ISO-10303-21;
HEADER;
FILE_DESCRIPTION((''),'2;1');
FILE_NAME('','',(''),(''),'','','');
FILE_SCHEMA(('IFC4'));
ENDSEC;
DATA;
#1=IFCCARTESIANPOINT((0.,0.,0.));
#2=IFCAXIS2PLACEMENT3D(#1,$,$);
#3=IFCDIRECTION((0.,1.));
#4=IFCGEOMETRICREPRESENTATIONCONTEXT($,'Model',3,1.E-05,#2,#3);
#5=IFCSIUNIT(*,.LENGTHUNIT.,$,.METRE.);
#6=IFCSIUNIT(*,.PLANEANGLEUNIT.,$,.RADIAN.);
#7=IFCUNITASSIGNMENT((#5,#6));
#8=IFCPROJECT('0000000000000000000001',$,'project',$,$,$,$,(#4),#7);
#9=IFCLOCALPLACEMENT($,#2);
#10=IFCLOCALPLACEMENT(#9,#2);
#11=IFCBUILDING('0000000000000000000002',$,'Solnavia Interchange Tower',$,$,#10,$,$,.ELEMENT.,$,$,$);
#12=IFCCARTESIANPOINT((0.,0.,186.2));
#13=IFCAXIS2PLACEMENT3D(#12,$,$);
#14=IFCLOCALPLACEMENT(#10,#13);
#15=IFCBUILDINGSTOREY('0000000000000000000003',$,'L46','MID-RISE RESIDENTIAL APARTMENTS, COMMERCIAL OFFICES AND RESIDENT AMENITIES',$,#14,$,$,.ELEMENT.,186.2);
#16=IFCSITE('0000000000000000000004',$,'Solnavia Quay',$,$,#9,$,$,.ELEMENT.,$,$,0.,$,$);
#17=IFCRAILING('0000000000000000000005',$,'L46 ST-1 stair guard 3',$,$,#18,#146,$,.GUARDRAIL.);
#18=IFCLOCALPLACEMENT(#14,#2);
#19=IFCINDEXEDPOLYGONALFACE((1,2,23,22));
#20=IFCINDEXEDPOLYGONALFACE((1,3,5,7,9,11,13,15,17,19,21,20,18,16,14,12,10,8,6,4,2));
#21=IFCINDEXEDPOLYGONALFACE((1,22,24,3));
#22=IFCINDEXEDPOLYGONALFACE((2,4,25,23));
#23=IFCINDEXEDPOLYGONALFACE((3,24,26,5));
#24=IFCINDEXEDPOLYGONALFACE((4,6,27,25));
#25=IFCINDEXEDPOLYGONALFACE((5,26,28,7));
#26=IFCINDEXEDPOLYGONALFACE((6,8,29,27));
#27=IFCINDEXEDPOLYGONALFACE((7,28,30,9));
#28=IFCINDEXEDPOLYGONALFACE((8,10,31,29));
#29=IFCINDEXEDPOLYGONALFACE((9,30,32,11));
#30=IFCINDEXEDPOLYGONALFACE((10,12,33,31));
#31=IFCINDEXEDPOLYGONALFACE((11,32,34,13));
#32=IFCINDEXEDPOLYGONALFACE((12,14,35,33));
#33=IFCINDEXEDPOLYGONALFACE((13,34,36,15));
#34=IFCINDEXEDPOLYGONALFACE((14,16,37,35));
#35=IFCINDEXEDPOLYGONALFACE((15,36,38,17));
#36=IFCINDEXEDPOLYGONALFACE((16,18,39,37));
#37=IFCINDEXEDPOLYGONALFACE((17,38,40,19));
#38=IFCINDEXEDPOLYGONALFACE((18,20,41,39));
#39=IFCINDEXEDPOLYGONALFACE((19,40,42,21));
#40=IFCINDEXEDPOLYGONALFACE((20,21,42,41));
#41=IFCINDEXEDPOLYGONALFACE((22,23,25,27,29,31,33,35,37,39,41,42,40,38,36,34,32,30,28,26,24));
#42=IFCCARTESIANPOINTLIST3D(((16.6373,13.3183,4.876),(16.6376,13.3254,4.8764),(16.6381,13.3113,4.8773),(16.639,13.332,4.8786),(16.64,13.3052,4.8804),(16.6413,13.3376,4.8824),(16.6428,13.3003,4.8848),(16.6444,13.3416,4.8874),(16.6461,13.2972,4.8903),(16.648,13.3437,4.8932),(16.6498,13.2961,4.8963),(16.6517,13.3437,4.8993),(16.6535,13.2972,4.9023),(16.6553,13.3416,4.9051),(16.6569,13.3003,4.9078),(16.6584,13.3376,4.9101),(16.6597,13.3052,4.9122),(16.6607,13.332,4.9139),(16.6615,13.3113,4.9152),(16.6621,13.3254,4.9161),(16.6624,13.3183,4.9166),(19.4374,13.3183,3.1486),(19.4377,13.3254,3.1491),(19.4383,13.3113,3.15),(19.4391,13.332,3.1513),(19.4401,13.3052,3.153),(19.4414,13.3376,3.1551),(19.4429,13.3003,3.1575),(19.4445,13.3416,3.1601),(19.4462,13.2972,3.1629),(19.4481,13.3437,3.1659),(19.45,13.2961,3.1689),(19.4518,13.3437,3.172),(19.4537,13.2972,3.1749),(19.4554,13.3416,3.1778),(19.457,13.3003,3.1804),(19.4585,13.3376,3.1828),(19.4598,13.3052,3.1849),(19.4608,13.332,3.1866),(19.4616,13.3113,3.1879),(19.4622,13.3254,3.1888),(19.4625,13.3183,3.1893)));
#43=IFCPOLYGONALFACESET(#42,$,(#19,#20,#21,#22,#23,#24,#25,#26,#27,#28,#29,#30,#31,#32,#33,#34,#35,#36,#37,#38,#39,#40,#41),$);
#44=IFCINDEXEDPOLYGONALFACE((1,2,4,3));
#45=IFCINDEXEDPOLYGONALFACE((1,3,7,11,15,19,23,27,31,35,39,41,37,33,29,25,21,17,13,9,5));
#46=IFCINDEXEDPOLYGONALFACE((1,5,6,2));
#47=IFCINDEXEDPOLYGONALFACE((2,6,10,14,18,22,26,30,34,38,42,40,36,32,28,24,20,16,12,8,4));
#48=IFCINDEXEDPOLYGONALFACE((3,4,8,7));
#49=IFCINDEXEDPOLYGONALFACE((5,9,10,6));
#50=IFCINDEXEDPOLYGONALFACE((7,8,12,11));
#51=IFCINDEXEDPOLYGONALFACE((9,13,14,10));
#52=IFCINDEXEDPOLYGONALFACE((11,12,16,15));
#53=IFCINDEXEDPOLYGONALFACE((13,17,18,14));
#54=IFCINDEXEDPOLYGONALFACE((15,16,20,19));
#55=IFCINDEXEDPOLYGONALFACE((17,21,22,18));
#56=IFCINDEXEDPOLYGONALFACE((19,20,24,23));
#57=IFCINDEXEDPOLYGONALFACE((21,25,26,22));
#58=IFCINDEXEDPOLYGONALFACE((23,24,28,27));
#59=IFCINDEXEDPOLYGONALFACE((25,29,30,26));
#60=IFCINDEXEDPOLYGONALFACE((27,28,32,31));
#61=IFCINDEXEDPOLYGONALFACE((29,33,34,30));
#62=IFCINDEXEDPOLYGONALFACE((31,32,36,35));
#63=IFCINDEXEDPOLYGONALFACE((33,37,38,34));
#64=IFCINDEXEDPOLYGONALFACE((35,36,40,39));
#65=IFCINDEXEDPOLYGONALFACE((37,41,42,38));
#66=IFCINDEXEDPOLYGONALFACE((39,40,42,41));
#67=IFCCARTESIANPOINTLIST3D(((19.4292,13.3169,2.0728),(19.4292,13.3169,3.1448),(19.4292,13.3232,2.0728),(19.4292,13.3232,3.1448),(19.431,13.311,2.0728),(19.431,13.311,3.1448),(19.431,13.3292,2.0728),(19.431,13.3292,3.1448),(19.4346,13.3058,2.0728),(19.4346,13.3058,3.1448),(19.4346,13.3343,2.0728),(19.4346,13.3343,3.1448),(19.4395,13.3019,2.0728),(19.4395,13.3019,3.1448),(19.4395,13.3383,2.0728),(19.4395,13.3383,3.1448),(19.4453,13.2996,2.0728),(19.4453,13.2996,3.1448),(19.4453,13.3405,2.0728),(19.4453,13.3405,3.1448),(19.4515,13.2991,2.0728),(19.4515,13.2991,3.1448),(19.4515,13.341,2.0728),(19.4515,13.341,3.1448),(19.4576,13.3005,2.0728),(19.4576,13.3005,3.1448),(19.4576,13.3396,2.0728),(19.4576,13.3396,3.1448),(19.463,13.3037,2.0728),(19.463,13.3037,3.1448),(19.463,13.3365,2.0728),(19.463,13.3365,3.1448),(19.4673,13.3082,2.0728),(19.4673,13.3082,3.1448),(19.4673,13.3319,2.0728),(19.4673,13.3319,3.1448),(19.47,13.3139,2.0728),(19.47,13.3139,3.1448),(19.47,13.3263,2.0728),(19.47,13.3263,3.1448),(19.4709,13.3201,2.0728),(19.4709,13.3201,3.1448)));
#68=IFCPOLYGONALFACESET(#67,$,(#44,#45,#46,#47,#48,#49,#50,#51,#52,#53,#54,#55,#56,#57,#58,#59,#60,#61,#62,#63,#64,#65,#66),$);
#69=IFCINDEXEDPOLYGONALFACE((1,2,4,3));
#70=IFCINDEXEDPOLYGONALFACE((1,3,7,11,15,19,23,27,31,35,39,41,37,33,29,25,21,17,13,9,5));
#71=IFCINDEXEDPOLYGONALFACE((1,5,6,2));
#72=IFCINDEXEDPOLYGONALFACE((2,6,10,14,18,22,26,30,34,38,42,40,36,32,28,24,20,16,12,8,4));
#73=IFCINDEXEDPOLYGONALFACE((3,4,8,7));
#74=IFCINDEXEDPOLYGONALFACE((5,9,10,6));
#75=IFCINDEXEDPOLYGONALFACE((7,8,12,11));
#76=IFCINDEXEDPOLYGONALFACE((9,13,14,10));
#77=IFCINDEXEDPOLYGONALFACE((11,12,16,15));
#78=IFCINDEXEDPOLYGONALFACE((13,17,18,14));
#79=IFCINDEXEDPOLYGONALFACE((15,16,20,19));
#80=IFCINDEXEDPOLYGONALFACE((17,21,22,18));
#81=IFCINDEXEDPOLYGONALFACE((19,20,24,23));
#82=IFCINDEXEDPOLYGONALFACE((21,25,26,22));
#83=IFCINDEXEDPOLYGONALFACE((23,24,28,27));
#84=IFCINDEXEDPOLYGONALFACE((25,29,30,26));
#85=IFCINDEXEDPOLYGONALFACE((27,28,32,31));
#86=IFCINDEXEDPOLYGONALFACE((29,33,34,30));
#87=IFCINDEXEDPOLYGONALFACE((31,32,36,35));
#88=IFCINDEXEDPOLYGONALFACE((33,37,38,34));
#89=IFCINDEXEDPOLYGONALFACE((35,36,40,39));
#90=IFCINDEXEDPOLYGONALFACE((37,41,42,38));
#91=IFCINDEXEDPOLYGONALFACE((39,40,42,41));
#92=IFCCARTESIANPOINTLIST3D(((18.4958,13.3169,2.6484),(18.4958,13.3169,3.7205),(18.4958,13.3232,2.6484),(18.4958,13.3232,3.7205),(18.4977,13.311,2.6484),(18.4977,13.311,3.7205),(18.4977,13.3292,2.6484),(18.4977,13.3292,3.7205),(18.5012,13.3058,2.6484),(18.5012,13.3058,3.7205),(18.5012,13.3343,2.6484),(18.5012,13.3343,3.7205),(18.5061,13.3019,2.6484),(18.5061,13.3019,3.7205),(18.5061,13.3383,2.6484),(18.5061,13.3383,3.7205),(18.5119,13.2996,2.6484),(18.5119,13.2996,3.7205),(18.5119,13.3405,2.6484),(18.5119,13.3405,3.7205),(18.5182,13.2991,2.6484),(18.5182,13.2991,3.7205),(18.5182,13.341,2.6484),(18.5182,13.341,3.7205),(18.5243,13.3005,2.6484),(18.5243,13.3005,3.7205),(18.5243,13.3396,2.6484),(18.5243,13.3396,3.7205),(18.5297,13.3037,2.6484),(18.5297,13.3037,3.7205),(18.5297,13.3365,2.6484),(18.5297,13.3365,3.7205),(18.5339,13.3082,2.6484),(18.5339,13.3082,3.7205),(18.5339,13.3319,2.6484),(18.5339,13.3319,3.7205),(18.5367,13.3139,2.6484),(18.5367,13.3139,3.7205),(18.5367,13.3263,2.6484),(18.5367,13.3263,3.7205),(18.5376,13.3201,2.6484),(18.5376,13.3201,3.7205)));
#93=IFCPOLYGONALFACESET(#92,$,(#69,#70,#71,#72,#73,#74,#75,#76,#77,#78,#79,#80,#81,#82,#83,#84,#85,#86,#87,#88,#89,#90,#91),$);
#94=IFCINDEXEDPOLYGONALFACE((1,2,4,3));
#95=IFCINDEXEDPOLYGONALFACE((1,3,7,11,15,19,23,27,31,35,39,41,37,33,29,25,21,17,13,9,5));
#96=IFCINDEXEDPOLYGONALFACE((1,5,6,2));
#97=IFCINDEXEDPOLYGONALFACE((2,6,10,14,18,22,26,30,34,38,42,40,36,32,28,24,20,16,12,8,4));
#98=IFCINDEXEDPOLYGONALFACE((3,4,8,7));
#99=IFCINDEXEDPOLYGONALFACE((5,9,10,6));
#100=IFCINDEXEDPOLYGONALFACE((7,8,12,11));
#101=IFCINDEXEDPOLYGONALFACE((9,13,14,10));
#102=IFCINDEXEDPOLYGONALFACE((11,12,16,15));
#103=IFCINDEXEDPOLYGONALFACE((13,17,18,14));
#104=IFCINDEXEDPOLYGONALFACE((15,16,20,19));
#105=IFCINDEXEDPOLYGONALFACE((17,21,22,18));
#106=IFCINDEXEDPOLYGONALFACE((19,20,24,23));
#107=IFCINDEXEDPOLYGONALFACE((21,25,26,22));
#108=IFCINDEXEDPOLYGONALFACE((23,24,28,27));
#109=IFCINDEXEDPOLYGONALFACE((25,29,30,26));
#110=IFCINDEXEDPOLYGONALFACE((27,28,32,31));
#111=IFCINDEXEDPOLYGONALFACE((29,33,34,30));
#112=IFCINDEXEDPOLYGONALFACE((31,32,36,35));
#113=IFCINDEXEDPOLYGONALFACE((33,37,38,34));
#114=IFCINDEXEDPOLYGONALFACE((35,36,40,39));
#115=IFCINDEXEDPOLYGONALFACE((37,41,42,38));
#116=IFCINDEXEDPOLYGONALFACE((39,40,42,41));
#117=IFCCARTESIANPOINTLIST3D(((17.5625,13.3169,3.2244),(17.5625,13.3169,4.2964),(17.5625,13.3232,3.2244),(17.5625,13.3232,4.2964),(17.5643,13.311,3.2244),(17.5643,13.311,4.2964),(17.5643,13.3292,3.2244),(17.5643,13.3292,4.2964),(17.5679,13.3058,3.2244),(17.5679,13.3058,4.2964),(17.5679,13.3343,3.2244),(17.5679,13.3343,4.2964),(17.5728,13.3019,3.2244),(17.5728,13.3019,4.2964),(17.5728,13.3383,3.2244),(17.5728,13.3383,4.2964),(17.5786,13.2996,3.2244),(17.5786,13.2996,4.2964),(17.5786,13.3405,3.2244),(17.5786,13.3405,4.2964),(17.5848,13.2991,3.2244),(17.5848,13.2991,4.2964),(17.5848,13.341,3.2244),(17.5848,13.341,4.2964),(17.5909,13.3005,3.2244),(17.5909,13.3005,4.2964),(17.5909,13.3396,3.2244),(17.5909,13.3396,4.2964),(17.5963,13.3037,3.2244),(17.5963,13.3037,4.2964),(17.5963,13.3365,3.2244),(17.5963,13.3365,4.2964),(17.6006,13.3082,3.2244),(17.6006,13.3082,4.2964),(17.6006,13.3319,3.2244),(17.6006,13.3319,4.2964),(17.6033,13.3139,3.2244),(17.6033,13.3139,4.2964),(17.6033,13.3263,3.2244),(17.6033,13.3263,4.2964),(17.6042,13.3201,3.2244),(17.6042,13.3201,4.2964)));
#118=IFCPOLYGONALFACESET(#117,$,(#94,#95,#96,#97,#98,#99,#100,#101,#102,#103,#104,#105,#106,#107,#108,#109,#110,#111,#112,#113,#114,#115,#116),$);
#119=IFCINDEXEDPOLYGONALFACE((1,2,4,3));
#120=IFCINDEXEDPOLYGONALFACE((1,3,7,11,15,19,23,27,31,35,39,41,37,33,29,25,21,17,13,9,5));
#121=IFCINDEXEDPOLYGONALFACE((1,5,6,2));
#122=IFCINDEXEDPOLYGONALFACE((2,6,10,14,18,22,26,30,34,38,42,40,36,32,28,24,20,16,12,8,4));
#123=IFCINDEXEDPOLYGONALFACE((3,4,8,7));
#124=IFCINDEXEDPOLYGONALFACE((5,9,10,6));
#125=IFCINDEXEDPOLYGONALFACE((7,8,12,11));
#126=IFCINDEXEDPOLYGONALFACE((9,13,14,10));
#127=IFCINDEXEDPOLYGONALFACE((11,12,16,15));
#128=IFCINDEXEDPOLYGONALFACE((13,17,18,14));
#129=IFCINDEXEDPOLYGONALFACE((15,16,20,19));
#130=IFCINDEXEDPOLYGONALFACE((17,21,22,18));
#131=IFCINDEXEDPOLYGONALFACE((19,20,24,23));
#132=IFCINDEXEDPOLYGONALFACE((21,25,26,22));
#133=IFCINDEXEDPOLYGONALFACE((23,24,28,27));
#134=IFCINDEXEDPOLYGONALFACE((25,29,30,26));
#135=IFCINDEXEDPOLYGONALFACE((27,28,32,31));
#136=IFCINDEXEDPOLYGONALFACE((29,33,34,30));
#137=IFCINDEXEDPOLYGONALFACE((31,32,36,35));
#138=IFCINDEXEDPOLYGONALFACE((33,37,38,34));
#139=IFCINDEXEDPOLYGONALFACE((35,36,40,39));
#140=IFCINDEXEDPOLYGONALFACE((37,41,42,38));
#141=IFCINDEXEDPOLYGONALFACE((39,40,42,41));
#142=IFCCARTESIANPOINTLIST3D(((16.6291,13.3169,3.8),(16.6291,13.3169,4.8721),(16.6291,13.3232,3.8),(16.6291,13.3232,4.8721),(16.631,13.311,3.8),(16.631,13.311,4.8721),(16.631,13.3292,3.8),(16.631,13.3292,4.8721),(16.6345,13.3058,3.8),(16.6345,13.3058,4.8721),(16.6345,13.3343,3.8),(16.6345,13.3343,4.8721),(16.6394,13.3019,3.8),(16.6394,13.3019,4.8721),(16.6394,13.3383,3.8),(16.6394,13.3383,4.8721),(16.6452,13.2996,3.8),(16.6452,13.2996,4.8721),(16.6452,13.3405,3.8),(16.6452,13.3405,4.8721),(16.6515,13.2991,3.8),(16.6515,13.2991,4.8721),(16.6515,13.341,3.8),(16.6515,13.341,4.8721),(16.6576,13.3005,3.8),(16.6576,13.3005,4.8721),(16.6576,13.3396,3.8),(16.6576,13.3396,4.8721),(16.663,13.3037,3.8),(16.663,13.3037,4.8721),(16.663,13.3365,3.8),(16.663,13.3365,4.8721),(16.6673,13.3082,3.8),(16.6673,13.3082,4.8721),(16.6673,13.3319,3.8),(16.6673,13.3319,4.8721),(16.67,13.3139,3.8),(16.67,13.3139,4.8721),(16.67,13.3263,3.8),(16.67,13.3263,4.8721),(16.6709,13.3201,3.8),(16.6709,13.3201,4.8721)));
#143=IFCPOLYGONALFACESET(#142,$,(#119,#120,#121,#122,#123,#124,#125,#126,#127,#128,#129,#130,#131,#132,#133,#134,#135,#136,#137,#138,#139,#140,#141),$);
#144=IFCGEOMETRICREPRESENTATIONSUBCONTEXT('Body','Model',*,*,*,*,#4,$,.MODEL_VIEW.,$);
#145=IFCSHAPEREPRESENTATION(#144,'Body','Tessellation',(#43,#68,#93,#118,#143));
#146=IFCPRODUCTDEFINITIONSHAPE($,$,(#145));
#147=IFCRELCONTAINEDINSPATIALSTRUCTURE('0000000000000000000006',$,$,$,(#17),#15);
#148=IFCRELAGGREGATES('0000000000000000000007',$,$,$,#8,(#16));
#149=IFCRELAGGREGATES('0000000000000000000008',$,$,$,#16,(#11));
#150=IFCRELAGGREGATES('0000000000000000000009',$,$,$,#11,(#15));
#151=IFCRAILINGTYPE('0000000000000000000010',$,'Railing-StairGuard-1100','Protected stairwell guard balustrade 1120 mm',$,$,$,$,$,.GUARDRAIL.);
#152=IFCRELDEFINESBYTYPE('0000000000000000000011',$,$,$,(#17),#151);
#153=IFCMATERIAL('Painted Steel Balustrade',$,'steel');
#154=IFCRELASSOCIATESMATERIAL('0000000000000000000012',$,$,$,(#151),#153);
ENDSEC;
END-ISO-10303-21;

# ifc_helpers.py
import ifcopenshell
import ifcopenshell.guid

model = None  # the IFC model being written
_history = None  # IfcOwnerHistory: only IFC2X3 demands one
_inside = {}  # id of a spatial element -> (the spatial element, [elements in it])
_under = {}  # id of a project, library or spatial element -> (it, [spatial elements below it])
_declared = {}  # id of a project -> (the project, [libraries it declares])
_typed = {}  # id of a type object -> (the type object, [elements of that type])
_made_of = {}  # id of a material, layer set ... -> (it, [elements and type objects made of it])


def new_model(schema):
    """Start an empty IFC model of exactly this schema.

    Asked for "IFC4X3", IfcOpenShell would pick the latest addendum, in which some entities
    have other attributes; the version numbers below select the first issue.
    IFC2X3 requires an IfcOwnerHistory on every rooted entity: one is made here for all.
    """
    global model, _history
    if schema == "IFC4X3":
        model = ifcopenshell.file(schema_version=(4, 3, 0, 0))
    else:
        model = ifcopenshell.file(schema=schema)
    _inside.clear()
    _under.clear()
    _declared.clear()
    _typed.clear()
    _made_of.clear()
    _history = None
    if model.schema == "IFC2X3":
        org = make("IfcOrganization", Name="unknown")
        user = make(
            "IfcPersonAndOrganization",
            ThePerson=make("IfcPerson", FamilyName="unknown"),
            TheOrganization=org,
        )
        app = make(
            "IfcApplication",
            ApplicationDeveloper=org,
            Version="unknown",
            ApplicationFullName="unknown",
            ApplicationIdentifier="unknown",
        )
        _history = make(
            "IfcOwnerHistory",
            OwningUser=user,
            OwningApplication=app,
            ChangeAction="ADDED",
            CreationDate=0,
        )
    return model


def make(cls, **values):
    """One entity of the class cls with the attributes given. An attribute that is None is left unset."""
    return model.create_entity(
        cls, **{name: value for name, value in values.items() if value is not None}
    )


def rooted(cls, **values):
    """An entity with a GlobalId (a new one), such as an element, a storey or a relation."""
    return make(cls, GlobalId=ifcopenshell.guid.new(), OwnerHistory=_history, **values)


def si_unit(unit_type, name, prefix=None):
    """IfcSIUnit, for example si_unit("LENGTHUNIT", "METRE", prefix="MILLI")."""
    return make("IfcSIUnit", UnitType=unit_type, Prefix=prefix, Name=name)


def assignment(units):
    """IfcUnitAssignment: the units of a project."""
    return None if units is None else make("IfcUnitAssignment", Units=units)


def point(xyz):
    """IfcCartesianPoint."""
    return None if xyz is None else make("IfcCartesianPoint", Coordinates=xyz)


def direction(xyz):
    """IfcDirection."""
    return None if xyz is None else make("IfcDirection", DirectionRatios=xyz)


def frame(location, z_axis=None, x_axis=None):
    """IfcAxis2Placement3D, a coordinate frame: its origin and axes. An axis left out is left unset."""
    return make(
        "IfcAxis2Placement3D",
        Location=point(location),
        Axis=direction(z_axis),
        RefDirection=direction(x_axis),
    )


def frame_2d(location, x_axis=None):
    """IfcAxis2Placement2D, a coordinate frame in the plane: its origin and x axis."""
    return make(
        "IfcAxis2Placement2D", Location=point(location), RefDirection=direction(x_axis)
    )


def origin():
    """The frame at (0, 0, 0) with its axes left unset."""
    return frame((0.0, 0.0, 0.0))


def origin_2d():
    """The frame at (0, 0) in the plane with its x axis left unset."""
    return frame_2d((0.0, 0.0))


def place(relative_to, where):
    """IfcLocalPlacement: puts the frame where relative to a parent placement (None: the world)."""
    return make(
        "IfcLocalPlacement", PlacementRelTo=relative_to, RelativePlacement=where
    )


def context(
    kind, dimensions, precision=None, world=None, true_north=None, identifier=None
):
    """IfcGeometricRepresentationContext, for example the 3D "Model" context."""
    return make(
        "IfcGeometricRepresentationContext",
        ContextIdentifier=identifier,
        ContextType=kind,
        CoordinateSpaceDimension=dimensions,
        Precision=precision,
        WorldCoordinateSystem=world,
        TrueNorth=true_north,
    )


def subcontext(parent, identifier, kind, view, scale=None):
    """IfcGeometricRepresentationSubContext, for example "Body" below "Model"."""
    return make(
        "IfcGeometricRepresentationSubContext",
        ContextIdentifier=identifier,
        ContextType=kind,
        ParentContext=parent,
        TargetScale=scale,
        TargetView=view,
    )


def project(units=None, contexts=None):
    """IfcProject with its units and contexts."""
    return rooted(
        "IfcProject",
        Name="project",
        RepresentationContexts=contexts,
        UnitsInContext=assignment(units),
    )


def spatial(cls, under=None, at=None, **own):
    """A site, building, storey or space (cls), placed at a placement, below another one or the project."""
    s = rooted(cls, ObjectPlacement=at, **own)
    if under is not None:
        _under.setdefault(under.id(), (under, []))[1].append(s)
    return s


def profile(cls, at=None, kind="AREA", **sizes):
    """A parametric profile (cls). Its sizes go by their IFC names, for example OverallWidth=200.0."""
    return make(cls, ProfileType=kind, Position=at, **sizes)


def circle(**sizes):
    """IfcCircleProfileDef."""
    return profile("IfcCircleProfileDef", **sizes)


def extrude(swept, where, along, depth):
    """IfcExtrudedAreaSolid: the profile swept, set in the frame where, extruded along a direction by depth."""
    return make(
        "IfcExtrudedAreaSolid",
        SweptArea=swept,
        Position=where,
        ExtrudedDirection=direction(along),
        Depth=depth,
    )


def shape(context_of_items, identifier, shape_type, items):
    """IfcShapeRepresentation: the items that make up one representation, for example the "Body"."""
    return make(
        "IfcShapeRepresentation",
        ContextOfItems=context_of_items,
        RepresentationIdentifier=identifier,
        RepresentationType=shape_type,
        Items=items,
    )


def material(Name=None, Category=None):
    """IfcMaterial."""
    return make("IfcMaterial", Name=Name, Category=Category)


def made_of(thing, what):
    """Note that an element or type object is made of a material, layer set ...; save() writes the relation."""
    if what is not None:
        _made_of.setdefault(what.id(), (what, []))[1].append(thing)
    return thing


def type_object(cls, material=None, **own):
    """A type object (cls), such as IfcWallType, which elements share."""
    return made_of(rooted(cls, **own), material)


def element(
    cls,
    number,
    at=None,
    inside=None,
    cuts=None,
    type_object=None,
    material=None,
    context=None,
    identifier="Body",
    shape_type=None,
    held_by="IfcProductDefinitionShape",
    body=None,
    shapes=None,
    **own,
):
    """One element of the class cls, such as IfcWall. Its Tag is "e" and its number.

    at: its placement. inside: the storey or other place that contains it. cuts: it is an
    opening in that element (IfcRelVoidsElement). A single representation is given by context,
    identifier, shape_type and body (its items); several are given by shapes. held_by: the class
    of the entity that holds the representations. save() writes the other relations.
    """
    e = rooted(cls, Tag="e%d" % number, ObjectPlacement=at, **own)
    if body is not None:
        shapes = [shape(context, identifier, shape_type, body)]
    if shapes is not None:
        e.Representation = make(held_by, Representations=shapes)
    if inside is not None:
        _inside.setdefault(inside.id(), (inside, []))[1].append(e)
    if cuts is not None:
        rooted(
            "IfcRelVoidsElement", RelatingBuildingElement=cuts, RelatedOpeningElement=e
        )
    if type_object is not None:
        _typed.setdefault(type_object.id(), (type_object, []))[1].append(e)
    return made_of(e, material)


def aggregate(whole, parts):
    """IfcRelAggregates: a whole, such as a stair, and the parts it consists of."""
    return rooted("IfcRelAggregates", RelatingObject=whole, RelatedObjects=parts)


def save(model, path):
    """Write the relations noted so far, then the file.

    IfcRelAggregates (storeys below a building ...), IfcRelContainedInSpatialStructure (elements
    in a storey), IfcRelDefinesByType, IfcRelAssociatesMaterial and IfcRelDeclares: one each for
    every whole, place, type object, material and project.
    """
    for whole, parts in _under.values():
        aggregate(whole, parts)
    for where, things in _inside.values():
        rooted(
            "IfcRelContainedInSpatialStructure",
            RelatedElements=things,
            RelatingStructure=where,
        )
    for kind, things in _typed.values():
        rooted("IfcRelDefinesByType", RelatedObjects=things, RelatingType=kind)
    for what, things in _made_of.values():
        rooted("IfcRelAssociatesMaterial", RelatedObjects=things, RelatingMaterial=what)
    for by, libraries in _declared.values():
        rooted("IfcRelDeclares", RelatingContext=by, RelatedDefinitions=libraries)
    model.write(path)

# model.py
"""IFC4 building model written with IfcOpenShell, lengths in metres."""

from ifc_helpers import new_model, si_unit, direction, frame, origin, origin_2d, place, context, subcontext, project, spatial, circle, extrude, material, type_object, element, save


model = new_model("IFC4")

# Units and contexts
model_context = context("Model", 3, precision=1e-05, world=origin(), true_north=direction((0.0, 1.0)))
body_context = subcontext(model_context, "Body", "Model", "MODEL_VIEW")
ifc_project = project(units=[si_unit("LENGTHUNIT", "METRE"), si_unit("PLANEANGLEUNIT", "RADIAN")], contexts=[model_context])

# Site, building, storey
site_placement = place(None, origin())
site = spatial("IfcSite", under=ifc_project, at=site_placement, Name="Solnavia Quay", CompositionType="ELEMENT", RefElevation=0.0)
building_placement = place(site_placement, origin())
building = spatial("IfcBuilding", under=site, at=building_placement, Name="Solnavia Interchange Tower", CompositionType="ELEMENT")
storey_placement = place(building_placement, frame((0.0, 0.0, 186.2)))
storey = spatial("IfcBuildingStorey", under=building, at=storey_placement, Name="L46", Description="MID-RISE RESIDENTIAL APARTMENTS, COMMERCIAL OFFICES AND RESIDENT AMENITIES", CompositionType="ELEMENT", Elevation=186.2)

# Railing
ifc_material_1 = material(Name="Painted Steel Balustrade", Category="steel")
railing_type_1 = type_object("IfcRailingType", Name="Railing-StairGuard-1100", Description="Protected stairwell guard balustrade 1120 mm", PredefinedType="GUARDRAIL", material=ifc_material_1)
railing_1_placement = place(storey_placement, frame((19.45, 13.3201, 2.0728)))
element("IfcRailing", 1, at=railing_1_placement, inside=storey, type_object=railing_type_1, Name="L46 ST-1 stair guard 3", PredefinedType="GUARDRAIL", context=body_context, shape_type="SweptSolid", body=[
    extrude(circle(Radius=0.0239, at=origin_2d()), frame((0.0, 0.0, 1.0962), z_axis=(-0.85109, 0.0, 0.52502), x_axis=(0.0, -1.0, 0.0)), (0.0, 0.0, 1.0), 3.29),
    extrude(circle(Radius=0.021, at=origin_2d()), origin(), (0.0, 0.0, 1.0), 1.072),
    extrude(circle(Radius=0.021, at=origin_2d()), frame((-0.9333, 0.0, 0.5757)), (0.0, 0.0, 1.0), 1.072),
    extrude(circle(Radius=0.021, at=origin_2d()), frame((-1.8667, 0.0, 1.1516)), (0.0, 0.0, 1.0), 1.072),
    extrude(circle(Radius=0.021, at=origin_2d()), frame((-2.8, 0.0, 1.7273)), (0.0, 0.0, 1.0), 1.072),
])

save(model, "model.ifc")
